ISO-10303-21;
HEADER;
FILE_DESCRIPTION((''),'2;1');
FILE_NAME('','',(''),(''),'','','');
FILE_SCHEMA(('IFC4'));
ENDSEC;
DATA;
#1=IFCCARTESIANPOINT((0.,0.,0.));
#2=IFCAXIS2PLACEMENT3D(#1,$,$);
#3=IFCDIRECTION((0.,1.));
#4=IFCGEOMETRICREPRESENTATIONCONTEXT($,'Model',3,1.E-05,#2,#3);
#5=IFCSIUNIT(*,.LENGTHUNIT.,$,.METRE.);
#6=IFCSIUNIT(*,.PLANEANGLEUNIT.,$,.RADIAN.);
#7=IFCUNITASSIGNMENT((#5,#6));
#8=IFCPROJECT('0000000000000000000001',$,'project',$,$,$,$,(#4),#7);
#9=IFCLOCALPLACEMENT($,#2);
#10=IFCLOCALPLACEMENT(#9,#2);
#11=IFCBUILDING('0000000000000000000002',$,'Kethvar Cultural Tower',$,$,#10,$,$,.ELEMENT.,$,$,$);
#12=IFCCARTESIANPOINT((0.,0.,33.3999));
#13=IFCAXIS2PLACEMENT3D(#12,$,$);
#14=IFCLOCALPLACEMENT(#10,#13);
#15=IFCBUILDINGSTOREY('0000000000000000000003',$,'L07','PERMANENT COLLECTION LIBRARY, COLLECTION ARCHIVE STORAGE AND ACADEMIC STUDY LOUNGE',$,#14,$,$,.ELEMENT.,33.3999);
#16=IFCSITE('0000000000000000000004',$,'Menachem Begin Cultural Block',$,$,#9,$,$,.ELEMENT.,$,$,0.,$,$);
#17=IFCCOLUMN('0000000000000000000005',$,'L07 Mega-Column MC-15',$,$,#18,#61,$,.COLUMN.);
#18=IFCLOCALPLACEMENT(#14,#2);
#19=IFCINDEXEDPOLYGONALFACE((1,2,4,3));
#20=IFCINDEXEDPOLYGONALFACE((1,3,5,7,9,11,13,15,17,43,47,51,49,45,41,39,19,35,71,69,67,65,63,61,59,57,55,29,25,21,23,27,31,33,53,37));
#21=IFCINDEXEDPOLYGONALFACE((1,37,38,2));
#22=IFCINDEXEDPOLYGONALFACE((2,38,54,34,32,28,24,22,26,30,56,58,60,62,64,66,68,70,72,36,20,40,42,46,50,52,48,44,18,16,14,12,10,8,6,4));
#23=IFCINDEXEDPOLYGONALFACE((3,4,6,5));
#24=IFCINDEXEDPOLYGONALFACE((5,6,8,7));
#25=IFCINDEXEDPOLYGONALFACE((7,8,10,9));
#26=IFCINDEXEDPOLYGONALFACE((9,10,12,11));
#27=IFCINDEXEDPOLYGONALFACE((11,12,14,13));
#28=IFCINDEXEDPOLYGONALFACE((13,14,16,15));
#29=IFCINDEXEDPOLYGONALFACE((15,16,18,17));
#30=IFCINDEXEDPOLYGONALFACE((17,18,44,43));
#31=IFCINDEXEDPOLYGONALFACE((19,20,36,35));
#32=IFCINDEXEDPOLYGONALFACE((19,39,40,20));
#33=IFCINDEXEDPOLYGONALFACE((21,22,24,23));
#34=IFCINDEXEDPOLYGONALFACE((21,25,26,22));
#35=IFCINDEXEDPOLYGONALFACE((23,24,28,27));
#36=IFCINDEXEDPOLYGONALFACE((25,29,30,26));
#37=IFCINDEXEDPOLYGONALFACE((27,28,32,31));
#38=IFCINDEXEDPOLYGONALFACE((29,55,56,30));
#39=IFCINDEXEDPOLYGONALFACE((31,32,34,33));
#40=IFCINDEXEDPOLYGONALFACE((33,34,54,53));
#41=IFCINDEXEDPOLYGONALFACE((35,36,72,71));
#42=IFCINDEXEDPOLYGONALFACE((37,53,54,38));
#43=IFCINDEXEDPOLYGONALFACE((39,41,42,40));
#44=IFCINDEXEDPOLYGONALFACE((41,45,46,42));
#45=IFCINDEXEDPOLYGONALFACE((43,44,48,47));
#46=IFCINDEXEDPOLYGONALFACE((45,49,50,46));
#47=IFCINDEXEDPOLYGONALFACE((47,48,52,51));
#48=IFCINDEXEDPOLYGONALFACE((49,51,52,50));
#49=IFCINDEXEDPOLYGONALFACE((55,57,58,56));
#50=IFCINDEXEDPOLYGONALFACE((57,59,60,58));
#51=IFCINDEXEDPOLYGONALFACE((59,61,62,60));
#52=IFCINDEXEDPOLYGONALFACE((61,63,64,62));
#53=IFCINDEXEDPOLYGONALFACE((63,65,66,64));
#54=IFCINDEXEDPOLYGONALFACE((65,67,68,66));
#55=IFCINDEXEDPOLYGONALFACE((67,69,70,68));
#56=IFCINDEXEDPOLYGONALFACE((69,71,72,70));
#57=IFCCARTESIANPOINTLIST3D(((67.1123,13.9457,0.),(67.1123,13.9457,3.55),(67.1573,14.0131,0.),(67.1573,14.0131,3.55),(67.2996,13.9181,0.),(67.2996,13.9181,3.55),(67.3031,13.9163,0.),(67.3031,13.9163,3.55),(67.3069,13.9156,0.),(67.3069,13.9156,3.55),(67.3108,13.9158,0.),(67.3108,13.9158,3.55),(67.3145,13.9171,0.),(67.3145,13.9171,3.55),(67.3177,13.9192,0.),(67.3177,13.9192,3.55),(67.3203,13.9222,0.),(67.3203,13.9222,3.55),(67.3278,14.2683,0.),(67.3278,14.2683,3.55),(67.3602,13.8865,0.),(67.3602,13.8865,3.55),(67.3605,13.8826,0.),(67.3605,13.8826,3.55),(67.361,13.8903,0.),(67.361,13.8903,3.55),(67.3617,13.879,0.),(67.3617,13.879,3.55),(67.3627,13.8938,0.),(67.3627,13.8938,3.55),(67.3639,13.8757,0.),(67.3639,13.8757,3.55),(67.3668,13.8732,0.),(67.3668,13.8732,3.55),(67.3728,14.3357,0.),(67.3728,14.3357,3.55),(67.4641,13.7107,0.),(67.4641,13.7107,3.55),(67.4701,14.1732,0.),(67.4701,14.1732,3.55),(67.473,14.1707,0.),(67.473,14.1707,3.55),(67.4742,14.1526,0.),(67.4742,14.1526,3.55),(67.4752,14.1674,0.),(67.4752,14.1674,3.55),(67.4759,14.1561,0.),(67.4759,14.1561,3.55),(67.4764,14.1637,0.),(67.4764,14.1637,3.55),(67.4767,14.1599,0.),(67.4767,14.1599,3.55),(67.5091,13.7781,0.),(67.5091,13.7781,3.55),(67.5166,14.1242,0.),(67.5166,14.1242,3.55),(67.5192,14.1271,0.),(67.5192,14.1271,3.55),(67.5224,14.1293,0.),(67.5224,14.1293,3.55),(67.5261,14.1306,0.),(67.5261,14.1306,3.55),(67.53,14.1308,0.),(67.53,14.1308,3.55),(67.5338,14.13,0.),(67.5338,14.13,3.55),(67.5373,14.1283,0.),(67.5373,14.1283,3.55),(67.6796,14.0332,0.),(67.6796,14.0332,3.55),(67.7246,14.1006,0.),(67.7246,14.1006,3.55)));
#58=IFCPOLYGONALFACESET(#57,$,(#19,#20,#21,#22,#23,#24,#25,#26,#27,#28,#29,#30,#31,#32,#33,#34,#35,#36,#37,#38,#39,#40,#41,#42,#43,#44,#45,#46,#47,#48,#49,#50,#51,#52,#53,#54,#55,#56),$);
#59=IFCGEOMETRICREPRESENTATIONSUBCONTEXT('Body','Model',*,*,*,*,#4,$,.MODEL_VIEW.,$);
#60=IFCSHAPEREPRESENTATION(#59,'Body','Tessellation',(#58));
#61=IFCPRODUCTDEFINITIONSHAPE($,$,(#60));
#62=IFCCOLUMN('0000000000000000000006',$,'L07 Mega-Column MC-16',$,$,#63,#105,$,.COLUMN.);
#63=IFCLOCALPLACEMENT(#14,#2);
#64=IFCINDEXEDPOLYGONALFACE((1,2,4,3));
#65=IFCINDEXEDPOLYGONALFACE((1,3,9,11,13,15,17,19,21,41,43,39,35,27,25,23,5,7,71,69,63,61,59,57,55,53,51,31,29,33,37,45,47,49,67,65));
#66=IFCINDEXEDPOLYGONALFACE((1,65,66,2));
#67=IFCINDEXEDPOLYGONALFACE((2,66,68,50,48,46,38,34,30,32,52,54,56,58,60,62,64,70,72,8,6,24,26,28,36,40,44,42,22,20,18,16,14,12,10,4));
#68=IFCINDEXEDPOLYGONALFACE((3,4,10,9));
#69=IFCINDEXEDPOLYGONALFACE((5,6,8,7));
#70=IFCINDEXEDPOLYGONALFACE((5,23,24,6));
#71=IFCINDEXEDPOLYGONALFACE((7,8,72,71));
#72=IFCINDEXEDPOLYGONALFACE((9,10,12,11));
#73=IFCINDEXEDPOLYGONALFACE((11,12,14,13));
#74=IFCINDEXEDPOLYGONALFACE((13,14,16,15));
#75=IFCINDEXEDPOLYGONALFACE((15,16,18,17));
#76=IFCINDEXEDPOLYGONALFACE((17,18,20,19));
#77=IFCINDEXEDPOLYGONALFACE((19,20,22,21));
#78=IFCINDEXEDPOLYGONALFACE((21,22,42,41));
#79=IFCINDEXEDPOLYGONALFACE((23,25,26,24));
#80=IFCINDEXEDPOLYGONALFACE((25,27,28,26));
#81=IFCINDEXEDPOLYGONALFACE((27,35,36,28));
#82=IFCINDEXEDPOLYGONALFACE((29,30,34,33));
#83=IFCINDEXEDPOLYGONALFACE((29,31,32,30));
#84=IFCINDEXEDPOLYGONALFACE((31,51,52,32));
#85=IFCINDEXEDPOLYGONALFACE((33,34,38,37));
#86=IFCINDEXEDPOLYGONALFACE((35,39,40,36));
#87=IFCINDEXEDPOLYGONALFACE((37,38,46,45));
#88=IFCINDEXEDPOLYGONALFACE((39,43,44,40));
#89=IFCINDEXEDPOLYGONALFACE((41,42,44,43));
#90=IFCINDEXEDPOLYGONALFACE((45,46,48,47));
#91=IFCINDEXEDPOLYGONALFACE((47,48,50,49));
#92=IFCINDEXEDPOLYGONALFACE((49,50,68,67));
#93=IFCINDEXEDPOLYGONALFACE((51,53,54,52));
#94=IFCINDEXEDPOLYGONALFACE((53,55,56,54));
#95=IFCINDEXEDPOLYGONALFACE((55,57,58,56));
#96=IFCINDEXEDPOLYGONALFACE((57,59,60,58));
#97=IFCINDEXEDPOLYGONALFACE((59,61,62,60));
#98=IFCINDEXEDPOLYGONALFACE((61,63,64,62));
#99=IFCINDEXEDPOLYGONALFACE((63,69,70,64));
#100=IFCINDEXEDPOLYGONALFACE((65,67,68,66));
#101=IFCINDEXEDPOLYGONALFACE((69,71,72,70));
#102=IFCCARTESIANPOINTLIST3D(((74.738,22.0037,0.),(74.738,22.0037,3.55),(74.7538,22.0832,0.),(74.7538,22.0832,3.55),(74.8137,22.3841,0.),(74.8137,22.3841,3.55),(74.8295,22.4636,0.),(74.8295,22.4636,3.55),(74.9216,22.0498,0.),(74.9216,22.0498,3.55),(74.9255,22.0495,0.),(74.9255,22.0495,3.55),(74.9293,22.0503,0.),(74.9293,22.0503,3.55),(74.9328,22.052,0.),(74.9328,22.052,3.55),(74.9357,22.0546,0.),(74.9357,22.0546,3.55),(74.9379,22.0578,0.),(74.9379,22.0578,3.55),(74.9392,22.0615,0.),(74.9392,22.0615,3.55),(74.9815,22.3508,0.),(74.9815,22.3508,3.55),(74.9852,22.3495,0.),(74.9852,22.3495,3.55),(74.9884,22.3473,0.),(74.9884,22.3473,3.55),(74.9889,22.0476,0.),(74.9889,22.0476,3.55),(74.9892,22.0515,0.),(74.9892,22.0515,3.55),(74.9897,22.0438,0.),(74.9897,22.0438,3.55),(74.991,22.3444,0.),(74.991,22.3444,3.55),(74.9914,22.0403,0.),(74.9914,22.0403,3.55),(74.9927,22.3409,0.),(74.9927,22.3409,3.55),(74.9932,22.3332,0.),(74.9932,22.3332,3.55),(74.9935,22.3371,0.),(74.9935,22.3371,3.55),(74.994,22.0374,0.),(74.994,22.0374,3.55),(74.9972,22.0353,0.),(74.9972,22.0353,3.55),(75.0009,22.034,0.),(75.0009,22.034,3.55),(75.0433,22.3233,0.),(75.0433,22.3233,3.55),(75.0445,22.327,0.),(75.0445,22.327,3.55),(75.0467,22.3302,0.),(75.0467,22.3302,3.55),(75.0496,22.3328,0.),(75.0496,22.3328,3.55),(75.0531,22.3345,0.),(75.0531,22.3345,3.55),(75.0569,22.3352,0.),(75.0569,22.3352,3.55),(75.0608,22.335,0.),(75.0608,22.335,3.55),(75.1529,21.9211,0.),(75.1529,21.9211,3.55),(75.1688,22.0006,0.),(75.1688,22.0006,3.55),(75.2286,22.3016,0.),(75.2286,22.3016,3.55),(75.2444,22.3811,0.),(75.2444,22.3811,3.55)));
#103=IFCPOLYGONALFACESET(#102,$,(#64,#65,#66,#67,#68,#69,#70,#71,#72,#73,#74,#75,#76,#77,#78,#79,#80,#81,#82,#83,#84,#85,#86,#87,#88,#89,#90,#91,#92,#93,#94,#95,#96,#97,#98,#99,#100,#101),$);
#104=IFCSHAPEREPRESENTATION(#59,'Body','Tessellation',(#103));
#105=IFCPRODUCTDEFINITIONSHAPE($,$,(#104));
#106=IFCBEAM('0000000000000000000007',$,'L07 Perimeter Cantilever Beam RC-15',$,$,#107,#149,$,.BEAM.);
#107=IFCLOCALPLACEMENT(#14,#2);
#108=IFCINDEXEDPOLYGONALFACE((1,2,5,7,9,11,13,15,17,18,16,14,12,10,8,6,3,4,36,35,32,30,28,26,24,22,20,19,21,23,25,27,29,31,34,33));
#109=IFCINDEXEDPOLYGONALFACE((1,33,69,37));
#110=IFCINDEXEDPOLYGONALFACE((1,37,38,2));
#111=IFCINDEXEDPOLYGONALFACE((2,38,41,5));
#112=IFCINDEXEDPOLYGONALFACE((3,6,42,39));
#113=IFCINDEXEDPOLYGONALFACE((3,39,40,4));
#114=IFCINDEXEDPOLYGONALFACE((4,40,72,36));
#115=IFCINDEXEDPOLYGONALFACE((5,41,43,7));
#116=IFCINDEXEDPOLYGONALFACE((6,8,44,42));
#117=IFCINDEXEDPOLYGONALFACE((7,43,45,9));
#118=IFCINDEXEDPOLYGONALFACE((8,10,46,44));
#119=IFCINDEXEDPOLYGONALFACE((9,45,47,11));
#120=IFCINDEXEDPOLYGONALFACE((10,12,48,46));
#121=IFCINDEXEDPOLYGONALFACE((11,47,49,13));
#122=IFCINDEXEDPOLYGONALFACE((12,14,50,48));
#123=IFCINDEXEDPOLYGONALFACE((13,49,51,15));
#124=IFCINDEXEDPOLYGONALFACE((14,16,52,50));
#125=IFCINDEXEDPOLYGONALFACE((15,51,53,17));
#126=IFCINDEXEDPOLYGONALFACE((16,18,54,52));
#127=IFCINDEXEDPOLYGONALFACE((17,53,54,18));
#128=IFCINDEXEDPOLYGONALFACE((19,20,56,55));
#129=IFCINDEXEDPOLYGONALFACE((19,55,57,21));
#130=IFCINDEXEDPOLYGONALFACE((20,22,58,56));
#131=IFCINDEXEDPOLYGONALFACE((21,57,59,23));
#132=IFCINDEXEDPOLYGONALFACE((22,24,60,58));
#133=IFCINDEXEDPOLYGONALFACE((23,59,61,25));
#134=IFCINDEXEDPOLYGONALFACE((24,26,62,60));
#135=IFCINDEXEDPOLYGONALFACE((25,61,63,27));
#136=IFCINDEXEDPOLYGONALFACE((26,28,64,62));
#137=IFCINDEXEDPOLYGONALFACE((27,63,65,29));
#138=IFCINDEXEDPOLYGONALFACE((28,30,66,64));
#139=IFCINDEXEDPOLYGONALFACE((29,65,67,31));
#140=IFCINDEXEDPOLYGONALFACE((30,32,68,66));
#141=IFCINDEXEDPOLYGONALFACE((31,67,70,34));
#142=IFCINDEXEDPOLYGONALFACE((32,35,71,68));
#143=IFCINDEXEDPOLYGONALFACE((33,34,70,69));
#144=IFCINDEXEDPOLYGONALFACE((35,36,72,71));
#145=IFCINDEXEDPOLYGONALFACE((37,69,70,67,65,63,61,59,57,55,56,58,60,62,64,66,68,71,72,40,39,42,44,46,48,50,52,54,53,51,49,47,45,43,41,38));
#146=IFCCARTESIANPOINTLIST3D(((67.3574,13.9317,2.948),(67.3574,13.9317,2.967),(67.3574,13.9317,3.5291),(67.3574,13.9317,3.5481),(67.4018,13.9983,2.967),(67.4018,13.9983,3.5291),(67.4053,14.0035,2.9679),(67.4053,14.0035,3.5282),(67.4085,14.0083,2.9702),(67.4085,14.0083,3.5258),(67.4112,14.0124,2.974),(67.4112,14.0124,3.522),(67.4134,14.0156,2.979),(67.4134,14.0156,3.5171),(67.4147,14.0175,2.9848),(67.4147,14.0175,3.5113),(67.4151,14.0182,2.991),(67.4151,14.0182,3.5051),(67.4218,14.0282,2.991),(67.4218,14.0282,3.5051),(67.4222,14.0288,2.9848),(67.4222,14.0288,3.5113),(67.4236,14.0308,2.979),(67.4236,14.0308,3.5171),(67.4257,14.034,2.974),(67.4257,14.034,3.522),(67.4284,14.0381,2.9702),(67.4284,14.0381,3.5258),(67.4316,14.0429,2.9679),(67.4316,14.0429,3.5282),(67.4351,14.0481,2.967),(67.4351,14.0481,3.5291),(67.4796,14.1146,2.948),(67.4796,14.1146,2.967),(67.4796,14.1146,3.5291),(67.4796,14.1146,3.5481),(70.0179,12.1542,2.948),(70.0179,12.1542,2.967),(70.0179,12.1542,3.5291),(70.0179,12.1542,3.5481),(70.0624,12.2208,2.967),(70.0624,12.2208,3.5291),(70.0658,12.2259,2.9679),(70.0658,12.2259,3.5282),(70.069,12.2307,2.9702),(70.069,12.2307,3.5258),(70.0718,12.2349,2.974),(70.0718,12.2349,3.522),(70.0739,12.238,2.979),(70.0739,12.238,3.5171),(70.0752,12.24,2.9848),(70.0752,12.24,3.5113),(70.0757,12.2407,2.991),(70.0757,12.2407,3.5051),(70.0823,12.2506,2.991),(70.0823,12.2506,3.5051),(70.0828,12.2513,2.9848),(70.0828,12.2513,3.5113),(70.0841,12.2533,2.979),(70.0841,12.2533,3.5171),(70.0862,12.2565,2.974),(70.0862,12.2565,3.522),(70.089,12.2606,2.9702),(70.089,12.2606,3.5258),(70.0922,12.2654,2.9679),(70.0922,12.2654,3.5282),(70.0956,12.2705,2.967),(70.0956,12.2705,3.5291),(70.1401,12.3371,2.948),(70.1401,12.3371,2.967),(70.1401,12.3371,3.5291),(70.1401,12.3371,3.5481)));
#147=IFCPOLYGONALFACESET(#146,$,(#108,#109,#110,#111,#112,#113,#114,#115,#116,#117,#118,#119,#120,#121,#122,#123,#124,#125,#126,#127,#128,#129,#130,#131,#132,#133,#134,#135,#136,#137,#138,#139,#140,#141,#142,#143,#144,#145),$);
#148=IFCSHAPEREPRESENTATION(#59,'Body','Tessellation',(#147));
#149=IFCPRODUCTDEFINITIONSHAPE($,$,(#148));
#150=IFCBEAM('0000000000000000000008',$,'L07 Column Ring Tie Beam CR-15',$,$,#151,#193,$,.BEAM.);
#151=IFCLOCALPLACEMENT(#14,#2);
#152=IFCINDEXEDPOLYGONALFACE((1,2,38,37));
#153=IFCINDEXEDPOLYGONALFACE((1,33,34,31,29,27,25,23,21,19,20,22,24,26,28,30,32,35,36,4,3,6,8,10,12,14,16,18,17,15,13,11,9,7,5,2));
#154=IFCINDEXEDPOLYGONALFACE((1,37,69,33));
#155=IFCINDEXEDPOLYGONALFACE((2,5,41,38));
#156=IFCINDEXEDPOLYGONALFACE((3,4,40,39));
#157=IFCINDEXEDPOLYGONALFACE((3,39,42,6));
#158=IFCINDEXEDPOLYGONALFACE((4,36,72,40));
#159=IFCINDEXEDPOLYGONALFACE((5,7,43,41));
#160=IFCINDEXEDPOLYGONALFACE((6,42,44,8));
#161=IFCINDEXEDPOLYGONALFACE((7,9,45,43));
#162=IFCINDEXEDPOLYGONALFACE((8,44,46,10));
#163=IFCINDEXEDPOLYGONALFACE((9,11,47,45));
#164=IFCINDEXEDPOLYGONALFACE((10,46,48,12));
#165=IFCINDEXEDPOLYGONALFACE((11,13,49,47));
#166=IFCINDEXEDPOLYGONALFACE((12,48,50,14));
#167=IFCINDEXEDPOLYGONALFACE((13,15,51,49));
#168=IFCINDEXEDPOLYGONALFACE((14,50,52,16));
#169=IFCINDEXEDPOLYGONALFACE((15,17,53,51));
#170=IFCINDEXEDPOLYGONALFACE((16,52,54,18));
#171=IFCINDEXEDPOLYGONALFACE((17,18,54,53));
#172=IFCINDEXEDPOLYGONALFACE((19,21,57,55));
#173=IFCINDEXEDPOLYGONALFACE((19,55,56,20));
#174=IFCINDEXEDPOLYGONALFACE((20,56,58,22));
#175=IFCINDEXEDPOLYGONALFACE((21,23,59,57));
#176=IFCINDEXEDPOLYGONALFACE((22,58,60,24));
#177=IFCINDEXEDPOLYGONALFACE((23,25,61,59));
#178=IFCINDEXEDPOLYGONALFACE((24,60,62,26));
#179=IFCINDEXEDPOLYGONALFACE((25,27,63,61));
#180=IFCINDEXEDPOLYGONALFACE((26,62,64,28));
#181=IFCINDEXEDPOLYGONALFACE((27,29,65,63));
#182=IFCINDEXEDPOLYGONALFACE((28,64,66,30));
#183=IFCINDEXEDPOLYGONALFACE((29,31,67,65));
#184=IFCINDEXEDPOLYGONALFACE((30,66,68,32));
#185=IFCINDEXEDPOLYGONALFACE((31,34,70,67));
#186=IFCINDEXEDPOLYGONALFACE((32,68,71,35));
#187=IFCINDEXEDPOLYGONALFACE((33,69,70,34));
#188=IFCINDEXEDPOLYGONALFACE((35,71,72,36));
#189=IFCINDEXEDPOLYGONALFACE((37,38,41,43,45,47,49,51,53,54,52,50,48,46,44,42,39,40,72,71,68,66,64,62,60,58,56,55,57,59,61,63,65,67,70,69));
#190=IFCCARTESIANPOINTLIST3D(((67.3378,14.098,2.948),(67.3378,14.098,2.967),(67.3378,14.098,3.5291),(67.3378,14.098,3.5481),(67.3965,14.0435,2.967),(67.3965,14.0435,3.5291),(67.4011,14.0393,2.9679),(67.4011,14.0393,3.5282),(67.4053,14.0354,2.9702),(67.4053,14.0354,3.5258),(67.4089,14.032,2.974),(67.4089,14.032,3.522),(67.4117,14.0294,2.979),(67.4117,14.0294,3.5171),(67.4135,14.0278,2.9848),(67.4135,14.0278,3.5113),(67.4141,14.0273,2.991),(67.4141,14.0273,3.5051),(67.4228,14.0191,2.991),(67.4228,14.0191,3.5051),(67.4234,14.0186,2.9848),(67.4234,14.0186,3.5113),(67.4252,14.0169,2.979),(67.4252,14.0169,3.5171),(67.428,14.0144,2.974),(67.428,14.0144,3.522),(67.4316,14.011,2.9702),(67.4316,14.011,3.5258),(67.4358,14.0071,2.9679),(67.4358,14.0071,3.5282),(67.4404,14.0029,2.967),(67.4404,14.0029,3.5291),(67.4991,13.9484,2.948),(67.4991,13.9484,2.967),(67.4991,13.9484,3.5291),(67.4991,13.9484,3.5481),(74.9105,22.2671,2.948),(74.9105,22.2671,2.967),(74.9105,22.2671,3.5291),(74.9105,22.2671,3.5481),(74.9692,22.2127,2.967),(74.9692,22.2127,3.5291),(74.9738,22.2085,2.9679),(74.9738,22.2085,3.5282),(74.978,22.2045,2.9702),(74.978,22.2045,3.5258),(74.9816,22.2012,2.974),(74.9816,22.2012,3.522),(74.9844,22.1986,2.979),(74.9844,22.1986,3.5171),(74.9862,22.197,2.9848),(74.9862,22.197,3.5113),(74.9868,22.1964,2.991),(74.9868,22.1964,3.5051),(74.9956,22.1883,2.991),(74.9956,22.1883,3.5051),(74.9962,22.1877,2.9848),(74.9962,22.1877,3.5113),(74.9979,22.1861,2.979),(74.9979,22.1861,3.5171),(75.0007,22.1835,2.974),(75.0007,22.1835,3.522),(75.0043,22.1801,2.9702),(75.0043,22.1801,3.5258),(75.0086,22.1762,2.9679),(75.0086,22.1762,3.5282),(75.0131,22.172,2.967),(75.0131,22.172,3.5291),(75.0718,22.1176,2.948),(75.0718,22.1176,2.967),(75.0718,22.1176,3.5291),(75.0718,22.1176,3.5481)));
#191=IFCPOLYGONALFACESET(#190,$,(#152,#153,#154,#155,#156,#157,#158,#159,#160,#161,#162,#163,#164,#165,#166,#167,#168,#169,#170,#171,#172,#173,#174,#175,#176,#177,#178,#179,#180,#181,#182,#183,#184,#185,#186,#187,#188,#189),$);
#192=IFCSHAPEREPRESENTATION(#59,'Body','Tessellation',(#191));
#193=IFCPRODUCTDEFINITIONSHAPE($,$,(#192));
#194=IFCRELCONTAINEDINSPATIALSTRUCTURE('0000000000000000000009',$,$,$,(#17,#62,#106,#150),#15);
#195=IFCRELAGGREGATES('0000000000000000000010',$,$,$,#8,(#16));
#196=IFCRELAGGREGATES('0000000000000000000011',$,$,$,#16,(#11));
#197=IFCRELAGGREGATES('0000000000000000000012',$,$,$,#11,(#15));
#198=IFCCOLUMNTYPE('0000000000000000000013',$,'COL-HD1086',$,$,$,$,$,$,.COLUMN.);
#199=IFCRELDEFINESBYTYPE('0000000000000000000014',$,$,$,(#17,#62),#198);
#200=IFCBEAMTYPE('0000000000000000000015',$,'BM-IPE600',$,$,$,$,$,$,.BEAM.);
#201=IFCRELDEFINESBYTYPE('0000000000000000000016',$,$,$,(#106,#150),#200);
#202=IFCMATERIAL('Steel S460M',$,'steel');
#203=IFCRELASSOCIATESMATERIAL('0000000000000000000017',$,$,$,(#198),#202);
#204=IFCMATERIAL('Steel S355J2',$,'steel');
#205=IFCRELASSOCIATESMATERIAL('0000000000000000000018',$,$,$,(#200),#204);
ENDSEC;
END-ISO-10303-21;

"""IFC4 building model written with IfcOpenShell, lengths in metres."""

from ifc_helpers import new_model, si_unit, direction, frame, origin, origin_2d, place, context, subcontext, project, spatial, i_section, extrude, source, transform, mapped, material, material_profile, profile_set, type_object, element, save


model = new_model("IFC4")

# Units and contexts
model_context = context("Model", 3, precision=1e-05, world=origin(), true_north=direction((0.0, 1.0)))
body_context = subcontext(model_context, "Body", "Model", "MODEL_VIEW")
ifc_project = project(units=[si_unit("LENGTHUNIT", "METRE"), si_unit("PLANEANGLEUNIT", "RADIAN")], contexts=[model_context])

# Site, building, storey
site_placement = place(None, origin())
site = spatial("IfcSite", under=ifc_project, at=site_placement, Name="Menachem Begin Cultural Block", CompositionType="ELEMENT", RefElevation=0.0)
building_placement = place(site_placement, origin())
building = spatial("IfcBuilding", under=site, at=building_placement, Name="Kethvar Cultural Tower", CompositionType="ELEMENT")
storey_placement = place(building_placement, frame((0.0, 0.0, 33.3999)))
storey = spatial("IfcBuildingStorey", under=building, at=storey_placement, Name="L07", Description="PERMANENT COLLECTION LIBRARY, COLLECTION ARCHIVE STORAGE AND ACADEMIC STUDY LOUNGE", CompositionType="ELEMENT", Elevation=33.3999)

# Columns
ifc_material_1 = material(Name="Steel S460M", Category="steel")
ifc_material_profile_1 = material_profile(ifc_material_1, i_section(OverallWidth=0.4231, OverallDepth=0.469, WebThickness=0.051, FlangeThickness=0.0811, FilletRadius=0.0149, at=origin_2d()), Name="Steel S460M — HD400x1086")
ifc_profile_set_1 = profile_set([ifc_material_profile_1], Name="Steel S460M — HD400x1086")
column_type = type_object("IfcColumnType", Name="COL-HD1086", PredefinedType="COLUMN", material=ifc_profile_set_1)
shared_shape_1 = source(origin(), body_context, "Body", "SweptSolid", [
    extrude(i_section(OverallWidth=0.4231, OverallDepth=0.469, WebThickness=0.051, FlangeThickness=0.0811, FilletRadius=0.0149, at=origin_2d()), origin(), (0.0, 0.0, 1.0), 3.55),
])
for number, where, z_axis, x_axis, name in (
    (1, (67.4185, 14.0232, 0.0), (0.0, 0.0, 1.0), (0.83147, -0.55557, 0.0), "L07 Mega-Column MC-15"),
    (2, (74.9912, 22.1924, 0.0), (0.0, 0.0, 1.0), (0.980785, -0.19509, 0.0), "L07 Mega-Column MC-16"),
):
    element("IfcColumn", number, at=place(storey_placement, frame(where, z_axis=z_axis, x_axis=x_axis)), inside=storey, type_object=column_type, Name=name, PredefinedType="COLUMN", context=body_context, shape_type="MappedRepresentation", body=[
        mapped(shared_shape_1, transform((0.0, 0.0, 0.0), scale=1.0)),
    ])

# Beams
ifc_material_2 = material(Name="Steel S355J2", Category="steel")
ifc_material_profile_2 = material_profile(ifc_material_2, i_section(OverallWidth=0.22, OverallDepth=0.6001, WebThickness=0.012, FlangeThickness=0.019, FilletRadius=0.0239, at=origin_2d()), Name="Steel S355J2 — IPE600")
ifc_profile_set_2 = profile_set([ifc_material_profile_2], Name="Steel S355J2 — IPE600")
beam_type_1 = type_object("IfcBeamType", Name="BM-IPE600", PredefinedType="BEAM", material=ifc_profile_set_2)
shared_shape_2 = source(origin(), body_context, "Body", "SweptSolid", [
    extrude(i_section(OverallWidth=0.22, OverallDepth=0.6001, WebThickness=0.012, FlangeThickness=0.019, FilletRadius=0.0239, at=origin_2d()), origin(), (0.0, 0.0, 1.0), 3.1997),
])
beam_1_placement = place(storey_placement, frame((67.4185, 14.0232, 3.248), z_axis=(0.831498, -0.555527, 0.0), x_axis=(0.555527, 0.831498, 0.0)))
element("IfcBeam", 3, at=beam_1_placement, inside=storey, type_object=beam_type_1, Name="L07 Perimeter Cantilever Beam RC-15", PredefinedType="BEAM", context=body_context, shape_type="MappedRepresentation", body=[
    mapped(shared_shape_2, transform((0.0, 0.0, 0.0), scale=1.0)),
])
shared_shape_3 = source(origin(), body_context, "Body", "SweptSolid", [
    extrude(i_section(OverallWidth=0.22, OverallDepth=0.6001, WebThickness=0.012, FlangeThickness=0.019, FilletRadius=0.0239, at=origin_2d()), origin(), (0.0, 0.0, 1.0), 11.1392),
])
beam_2_placement = place(storey_placement, frame((67.4185, 14.0232, 3.248), z_axis=(0.679828, 0.733372, 0.0), x_axis=(-0.733372, 0.679828, 0.0)))
element("IfcBeam", 4, at=beam_2_placement, inside=storey, type_object=beam_type_1, Name="L07 Column Ring Tie Beam CR-15", PredefinedType="BEAM", context=body_context, shape_type="MappedRepresentation", body=[
    mapped(shared_shape_3, transform((0.0, 0.0, 0.0), scale=1.0)),
])

save(model, "model.ifc")
